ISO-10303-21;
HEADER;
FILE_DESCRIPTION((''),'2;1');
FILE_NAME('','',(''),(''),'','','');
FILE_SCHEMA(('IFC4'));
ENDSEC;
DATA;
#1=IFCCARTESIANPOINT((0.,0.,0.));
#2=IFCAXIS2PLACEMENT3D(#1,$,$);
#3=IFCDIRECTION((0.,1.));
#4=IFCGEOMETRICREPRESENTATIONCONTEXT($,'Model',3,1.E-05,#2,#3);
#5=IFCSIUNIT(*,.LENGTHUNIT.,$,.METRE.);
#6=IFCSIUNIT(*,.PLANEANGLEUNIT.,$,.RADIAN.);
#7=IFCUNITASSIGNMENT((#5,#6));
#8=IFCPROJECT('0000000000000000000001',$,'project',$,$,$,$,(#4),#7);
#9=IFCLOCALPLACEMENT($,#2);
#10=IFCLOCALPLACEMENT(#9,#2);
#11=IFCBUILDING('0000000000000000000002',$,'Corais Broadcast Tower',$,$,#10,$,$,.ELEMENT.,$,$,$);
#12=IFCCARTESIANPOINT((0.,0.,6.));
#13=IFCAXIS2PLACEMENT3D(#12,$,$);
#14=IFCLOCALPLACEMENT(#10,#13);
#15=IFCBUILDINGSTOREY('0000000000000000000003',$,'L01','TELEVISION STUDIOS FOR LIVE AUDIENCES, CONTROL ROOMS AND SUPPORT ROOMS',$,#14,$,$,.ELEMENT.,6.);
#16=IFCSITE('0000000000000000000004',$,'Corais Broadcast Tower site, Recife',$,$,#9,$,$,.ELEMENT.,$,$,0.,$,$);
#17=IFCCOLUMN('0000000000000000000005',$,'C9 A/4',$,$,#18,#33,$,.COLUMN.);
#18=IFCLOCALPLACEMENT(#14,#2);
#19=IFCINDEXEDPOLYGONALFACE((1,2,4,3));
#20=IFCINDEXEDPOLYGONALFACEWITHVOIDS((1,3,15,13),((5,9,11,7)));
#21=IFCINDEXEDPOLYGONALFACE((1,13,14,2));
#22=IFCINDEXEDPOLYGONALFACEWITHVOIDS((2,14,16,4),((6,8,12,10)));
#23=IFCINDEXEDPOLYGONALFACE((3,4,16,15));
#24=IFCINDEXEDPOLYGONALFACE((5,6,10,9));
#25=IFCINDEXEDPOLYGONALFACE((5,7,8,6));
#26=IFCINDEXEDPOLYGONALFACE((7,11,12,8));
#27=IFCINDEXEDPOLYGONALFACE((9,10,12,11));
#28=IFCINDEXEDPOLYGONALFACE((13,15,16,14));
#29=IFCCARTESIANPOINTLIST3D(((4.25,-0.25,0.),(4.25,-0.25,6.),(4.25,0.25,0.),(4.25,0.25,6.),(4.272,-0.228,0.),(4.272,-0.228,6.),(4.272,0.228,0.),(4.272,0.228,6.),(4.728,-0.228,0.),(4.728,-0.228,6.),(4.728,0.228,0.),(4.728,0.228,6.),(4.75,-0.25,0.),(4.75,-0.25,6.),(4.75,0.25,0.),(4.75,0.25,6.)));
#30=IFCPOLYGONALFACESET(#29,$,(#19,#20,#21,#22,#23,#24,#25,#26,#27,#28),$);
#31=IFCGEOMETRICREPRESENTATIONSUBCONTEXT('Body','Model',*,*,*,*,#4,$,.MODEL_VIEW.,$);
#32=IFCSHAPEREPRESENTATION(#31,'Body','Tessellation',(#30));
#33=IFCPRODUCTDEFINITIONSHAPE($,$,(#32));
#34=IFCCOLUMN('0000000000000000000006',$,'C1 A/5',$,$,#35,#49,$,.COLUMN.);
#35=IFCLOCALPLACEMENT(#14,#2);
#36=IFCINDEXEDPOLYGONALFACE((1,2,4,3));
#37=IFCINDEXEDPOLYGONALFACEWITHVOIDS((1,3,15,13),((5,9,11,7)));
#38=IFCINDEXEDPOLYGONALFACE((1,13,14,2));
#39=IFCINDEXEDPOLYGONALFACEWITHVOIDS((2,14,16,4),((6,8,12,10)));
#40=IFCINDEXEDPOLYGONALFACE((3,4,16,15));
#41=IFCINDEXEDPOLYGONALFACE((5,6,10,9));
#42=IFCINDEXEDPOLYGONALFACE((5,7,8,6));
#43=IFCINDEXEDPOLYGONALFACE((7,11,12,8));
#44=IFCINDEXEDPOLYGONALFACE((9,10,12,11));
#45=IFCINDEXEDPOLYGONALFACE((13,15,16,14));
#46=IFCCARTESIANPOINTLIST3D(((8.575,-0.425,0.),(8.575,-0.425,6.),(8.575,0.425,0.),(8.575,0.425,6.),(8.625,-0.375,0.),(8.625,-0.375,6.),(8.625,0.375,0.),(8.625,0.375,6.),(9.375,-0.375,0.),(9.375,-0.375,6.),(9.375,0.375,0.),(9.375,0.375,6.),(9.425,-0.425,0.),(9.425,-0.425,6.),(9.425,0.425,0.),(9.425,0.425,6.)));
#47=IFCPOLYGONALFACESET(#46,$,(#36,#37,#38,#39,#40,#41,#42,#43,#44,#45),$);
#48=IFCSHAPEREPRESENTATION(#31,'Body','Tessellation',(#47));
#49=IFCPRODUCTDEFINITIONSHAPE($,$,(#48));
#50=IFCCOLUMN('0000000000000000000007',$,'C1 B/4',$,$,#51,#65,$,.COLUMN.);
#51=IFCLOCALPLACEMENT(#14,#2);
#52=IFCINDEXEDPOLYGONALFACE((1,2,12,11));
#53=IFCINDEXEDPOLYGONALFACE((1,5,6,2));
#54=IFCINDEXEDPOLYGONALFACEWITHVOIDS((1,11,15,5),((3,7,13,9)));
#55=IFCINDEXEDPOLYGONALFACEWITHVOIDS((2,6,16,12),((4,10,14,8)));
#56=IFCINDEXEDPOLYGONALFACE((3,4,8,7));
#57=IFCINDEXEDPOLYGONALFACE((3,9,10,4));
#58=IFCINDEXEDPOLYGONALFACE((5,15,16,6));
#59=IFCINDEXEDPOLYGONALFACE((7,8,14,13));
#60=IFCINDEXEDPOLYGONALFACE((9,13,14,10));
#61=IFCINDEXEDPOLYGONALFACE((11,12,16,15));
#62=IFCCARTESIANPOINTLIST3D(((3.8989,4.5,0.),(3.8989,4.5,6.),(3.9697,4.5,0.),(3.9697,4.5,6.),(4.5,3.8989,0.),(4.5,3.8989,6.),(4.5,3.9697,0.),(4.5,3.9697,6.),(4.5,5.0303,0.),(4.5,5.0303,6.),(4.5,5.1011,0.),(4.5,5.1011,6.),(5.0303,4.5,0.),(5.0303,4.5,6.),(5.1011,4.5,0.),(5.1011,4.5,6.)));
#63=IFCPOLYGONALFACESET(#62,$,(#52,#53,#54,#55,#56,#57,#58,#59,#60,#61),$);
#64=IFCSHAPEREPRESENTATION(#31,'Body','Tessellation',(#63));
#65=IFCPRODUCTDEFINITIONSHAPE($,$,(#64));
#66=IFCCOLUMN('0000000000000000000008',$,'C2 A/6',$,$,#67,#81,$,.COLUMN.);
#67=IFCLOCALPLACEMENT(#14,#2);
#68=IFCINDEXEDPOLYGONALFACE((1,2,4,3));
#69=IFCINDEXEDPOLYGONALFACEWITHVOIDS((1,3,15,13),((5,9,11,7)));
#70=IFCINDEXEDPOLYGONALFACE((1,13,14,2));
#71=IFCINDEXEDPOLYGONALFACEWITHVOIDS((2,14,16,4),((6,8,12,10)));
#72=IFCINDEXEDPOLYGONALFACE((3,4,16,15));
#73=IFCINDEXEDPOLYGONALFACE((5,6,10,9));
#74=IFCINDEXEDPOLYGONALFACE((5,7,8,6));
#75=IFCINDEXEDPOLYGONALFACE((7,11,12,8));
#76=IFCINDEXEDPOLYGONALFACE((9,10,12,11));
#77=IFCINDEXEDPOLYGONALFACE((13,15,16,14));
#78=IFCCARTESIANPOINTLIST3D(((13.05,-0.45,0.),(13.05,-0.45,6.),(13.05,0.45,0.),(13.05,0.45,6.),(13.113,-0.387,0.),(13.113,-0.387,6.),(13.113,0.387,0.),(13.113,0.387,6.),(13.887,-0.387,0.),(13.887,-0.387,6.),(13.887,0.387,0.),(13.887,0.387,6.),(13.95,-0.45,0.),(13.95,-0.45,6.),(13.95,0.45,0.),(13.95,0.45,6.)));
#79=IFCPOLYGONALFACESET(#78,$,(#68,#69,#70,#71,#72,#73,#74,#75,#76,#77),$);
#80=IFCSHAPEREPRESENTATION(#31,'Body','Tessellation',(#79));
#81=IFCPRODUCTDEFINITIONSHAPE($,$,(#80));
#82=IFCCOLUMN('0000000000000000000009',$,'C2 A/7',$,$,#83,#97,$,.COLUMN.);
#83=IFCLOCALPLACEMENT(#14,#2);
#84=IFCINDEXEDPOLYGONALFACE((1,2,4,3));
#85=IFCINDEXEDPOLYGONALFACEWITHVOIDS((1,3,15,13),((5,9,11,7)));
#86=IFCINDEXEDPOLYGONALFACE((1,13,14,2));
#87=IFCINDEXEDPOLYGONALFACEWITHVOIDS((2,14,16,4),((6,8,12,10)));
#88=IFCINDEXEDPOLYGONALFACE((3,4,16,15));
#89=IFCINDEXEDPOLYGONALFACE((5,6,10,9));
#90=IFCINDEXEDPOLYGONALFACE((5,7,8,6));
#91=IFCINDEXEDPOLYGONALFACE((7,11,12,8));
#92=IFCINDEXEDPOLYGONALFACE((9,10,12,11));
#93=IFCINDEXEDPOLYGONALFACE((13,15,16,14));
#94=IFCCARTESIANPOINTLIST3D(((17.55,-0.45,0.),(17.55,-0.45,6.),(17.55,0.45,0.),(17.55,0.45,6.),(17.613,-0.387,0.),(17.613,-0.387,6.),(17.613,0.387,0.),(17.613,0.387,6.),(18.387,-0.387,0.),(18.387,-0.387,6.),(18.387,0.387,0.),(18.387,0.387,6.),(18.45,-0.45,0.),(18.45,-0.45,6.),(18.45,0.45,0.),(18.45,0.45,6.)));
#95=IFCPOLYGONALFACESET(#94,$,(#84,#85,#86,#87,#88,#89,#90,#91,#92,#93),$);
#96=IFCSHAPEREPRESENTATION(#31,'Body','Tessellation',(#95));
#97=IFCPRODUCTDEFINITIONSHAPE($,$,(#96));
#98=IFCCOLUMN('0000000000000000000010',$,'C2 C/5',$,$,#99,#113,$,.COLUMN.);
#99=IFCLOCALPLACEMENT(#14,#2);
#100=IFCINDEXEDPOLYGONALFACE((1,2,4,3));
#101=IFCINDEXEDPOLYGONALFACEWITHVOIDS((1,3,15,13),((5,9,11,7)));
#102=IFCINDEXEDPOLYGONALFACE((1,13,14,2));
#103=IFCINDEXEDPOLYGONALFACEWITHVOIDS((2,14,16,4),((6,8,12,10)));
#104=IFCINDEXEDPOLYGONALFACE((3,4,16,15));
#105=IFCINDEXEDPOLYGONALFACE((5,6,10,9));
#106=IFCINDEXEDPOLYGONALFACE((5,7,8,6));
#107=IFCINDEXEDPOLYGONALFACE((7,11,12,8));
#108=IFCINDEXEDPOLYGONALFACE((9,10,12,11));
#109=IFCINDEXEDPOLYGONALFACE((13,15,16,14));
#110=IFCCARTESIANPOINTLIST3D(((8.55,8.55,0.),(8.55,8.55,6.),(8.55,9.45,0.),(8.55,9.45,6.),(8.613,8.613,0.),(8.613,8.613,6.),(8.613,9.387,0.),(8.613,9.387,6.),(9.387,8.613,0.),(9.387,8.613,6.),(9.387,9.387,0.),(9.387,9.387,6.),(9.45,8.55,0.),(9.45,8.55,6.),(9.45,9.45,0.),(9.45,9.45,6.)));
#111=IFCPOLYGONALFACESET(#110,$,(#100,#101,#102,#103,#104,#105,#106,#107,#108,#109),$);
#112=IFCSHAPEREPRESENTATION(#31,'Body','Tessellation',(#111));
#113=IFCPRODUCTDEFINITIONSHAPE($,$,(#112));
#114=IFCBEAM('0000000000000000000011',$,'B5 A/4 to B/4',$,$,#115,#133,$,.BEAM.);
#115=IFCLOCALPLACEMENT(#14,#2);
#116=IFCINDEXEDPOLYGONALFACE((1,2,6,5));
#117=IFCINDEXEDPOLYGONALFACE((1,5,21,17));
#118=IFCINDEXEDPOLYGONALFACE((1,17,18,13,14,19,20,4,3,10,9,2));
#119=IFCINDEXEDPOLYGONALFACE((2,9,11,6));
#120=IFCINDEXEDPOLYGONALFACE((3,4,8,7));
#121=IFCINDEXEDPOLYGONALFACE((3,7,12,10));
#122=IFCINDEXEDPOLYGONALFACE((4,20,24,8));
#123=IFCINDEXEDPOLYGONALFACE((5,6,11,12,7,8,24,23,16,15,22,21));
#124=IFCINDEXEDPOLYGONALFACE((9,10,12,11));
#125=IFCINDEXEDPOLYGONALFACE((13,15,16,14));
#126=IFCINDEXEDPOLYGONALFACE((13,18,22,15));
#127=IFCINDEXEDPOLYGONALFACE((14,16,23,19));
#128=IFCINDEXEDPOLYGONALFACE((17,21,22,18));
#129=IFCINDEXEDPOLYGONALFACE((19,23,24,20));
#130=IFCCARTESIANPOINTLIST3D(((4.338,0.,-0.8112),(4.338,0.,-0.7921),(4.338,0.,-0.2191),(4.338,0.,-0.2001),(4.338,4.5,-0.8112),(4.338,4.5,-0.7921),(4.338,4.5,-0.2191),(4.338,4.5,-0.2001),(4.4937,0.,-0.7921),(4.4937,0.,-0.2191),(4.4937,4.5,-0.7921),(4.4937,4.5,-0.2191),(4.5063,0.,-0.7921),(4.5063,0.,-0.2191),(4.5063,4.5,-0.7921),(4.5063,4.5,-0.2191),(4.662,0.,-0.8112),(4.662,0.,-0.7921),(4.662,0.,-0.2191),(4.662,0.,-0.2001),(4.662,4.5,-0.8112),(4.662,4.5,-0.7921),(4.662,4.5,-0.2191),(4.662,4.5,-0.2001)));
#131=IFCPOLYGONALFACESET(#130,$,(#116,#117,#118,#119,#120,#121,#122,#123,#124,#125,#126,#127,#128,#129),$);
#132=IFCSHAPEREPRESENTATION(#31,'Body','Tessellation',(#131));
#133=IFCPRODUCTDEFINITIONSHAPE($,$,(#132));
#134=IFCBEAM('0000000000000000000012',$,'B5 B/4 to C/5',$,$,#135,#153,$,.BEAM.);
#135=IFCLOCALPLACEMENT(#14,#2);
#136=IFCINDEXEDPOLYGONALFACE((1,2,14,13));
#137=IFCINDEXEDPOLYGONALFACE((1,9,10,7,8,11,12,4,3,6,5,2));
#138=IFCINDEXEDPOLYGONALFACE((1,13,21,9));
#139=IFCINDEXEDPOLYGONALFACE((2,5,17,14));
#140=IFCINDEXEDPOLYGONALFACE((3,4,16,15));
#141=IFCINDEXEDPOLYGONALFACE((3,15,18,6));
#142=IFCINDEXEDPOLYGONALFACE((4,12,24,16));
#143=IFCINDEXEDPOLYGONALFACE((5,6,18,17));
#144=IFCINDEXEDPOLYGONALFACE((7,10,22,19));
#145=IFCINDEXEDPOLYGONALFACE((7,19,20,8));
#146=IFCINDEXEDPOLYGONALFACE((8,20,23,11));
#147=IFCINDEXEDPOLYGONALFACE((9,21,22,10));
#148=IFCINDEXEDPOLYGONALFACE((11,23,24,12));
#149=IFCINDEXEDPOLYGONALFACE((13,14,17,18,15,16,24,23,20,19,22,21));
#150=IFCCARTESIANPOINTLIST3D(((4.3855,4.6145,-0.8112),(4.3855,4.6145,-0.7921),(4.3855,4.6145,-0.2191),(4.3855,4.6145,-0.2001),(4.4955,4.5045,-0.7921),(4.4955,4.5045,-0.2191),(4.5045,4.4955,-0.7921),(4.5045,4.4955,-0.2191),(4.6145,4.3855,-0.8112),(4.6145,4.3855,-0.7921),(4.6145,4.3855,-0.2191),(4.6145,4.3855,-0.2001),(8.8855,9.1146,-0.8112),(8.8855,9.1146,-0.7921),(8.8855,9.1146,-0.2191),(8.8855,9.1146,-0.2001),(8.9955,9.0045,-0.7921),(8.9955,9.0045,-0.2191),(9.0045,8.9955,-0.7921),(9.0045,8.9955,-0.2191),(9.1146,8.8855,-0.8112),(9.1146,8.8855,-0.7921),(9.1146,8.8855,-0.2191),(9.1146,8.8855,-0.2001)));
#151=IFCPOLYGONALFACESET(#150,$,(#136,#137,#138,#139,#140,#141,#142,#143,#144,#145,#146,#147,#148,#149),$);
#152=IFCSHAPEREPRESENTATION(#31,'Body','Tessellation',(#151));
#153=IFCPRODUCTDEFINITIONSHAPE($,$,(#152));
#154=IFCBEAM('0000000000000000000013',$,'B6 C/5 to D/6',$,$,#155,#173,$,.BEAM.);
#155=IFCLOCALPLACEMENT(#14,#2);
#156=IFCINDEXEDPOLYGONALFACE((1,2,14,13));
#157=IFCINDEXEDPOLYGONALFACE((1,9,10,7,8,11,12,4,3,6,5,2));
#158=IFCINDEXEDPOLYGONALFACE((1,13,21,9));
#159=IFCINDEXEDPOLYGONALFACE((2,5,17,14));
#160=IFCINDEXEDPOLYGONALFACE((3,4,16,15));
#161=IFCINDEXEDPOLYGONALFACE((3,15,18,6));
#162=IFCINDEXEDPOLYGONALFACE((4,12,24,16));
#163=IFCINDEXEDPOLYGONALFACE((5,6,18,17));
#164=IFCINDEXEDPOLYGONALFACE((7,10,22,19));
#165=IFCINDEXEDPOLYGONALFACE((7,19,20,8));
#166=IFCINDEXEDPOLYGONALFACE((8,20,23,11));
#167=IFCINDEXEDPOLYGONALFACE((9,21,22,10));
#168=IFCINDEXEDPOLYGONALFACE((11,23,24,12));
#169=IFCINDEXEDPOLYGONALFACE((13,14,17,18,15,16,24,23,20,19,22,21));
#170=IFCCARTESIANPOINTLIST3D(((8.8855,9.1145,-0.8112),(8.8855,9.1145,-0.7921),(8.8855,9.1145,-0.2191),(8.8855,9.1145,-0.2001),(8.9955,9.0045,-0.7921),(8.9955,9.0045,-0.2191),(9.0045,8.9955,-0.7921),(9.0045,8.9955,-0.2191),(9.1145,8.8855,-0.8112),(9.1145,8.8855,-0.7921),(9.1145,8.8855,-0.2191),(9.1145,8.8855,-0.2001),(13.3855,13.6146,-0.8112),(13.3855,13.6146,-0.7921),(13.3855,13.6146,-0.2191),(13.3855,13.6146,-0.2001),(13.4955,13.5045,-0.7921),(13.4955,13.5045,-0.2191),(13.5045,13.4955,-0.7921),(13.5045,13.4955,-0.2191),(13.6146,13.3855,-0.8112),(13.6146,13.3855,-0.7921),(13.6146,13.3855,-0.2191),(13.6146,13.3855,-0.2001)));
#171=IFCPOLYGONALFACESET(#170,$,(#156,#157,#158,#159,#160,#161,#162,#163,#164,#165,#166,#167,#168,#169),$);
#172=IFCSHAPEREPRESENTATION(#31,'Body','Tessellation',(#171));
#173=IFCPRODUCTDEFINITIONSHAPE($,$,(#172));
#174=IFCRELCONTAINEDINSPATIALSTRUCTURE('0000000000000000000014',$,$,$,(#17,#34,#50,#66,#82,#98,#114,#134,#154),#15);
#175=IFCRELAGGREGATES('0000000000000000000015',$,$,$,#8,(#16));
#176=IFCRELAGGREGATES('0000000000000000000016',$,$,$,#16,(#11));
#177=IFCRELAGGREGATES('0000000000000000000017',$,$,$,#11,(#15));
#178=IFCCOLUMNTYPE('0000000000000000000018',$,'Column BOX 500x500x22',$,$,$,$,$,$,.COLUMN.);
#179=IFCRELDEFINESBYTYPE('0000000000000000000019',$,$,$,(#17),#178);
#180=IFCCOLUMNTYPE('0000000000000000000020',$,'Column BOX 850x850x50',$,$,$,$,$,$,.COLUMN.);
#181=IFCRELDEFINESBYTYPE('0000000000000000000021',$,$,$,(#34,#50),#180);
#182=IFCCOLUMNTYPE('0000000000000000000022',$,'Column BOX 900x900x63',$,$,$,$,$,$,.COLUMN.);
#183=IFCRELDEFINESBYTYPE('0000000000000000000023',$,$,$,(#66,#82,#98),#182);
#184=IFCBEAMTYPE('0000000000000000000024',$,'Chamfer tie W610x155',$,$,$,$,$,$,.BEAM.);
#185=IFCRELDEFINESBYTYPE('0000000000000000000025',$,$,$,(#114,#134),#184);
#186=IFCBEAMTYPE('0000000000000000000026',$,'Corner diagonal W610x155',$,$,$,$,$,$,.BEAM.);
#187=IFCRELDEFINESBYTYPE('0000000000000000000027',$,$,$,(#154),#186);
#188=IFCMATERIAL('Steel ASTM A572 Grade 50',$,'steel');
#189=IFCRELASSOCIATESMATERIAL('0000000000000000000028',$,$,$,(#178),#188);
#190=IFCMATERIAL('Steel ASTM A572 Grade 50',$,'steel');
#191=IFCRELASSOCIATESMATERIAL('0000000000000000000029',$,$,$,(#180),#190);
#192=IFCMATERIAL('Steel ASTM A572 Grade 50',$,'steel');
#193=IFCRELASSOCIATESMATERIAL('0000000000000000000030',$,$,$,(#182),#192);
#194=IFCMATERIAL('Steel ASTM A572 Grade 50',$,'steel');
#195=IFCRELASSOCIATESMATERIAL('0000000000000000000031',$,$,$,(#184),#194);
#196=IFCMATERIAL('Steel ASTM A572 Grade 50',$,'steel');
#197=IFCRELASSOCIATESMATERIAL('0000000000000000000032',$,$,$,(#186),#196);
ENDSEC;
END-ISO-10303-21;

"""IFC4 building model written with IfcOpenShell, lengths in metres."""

from ifc_helpers import new_model, si_unit, direction, frame, origin, origin_2d, place, context, subcontext, project, spatial, hollow_rectangle, i_section, extrude, material, material_profile, profile_set, type_object, element, save


model = new_model("IFC4")

# Units and contexts
model_context = context("Model", 3, precision=1e-05, world=origin(), true_north=direction((0.0, 1.0)))
body_context = subcontext(model_context, "Body", "Model", "MODEL_VIEW")
ifc_project = project(units=[si_unit("LENGTHUNIT", "METRE"), si_unit("PLANEANGLEUNIT", "RADIAN")], contexts=[model_context])

# Site, building, storey
site_placement = place(None, origin())
site = spatial("IfcSite", under=ifc_project, at=site_placement, Name="Corais Broadcast Tower site, Recife", CompositionType="ELEMENT", RefElevation=0.0)
building_placement = place(site_placement, origin())
building = spatial("IfcBuilding", under=site, at=building_placement, Name="Corais Broadcast Tower", CompositionType="ELEMENT")
storey_placement = place(building_placement, frame((0.0, 0.0, 6.0)))
storey = spatial("IfcBuildingStorey", under=building, at=storey_placement, Name="L01", Description="TELEVISION STUDIOS FOR LIVE AUDIENCES, CONTROL ROOMS AND SUPPORT ROOMS", CompositionType="ELEMENT", Elevation=6.0)

# Columns
ifc_material_1 = material(Name="Steel ASTM A572 Grade 50", Category="steel")
ifc_material_profile_1 = material_profile(ifc_material_1, hollow_rectangle(XDim=0.5, YDim=0.5, WallThickness=0.022, at=origin_2d()), Name="BOX 500x500x22")
ifc_profile_set_1 = profile_set([ifc_material_profile_1], Name="Steel ASTM A572 Grade 50")
column_type_1 = type_object("IfcColumnType", Name="Column BOX 500x500x22", PredefinedType="COLUMN", material=ifc_profile_set_1)
column_placement = place(storey_placement, frame((4.5, 0.0, 0.0), z_axis=(0.0, 0.0, 1.0), x_axis=(1.0, 0.0, 0.0)))
element("IfcColumn", 1, at=column_placement, inside=storey, type_object=column_type_1, Name="C9 A/4", PredefinedType="COLUMN", context=body_context, shape_type="SweptSolid", body=[
    extrude(hollow_rectangle(XDim=0.5, YDim=0.5, WallThickness=0.022, at=origin_2d()), origin(), (0.0, 0.0, 1.0), 6.0),
])
ifc_material_2 = material(Name="Steel ASTM A572 Grade 50", Category="steel")
ifc_material_profile_2 = material_profile(ifc_material_2, hollow_rectangle(XDim=0.8501, YDim=0.8501, WallThickness=0.05, at=origin_2d()), Name="BOX 850x850x50")
ifc_profile_set_2 = profile_set([ifc_material_profile_2], Name="Steel ASTM A572 Grade 50")
column_type_2 = type_object("IfcColumnType", Name="Column BOX 850x850x50", PredefinedType="COLUMN", material=ifc_profile_set_2)
for number, where, z_axis, x_axis, name in (
    (2, (9.0, 0.0, 0.0), (0.0, 0.0, 1.0), (1.0, 0.0, 0.0), "C1 A/5"),
    (3, (4.5, 4.5, 0.0), (0.0, 0.0, 1.0), (0.707107, 0.707107, 0.0), "C1 B/4"),
):
    element("IfcColumn", number, at=place(storey_placement, frame(where, z_axis=z_axis, x_axis=x_axis)), inside=storey, type_object=column_type_2, Name=name, PredefinedType="COLUMN", context=body_context, shape_type="SweptSolid", body=[
        extrude(hollow_rectangle(XDim=0.8501, YDim=0.8501, WallThickness=0.05, at=origin_2d()), origin(), (0.0, 0.0, 1.0), 6.0),
    ])
ifc_material_3 = material(Name="Steel ASTM A572 Grade 50", Category="steel")
ifc_material_profile_3 = material_profile(ifc_material_3, hollow_rectangle(XDim=0.8999, YDim=0.8999, WallThickness=0.063, at=origin_2d()), Name="BOX 900x900x63")
ifc_profile_set_3 = profile_set([ifc_material_profile_3], Name="Steel ASTM A572 Grade 50")
column_type_3 = type_object("IfcColumnType", Name="Column BOX 900x900x63", PredefinedType="COLUMN", material=ifc_profile_set_3)
for number, where, z_axis, x_axis, name in (
    (4, (13.5, 0.0, 0.0), (0.0, 0.0, 1.0), (1.0, 0.0, 0.0), "C2 A/6"),
    (5, (18.0, 0.0, 0.0), (0.0, 0.0, 1.0), (1.0, 0.0, 0.0), "C2 A/7"),
    (6, (9.0, 9.0, 0.0), (0.0, 0.0, 1.0), (1.0, 0.0, 0.0), "C2 C/5"),
):
    element("IfcColumn", number, at=place(storey_placement, frame(where, z_axis=z_axis, x_axis=x_axis)), inside=storey, type_object=column_type_3, Name=name, PredefinedType="COLUMN", context=body_context, shape_type="SweptSolid", body=[
        extrude(hollow_rectangle(XDim=0.8999, YDim=0.8999, WallThickness=0.063, at=origin_2d()), origin(), (0.0, 0.0, 1.0), 6.0),
    ])

# Beams
ifc_material_4 = material(Name="Steel ASTM A572 Grade 50", Category="steel")
ifc_material_profile_4 = material_profile(ifc_material_4, i_section(OverallWidth=0.324, OverallDepth=0.6111, WebThickness=0.0127, FlangeThickness=0.019, at=origin_2d()), Name="W610x155")
ifc_profile_set_4 = profile_set([ifc_material_profile_4], Name="Steel ASTM A572 Grade 50")
beam_type_1 = type_object("IfcBeamType", Name="Chamfer tie W610x155", PredefinedType="BEAM", material=ifc_profile_set_4)
beam_1_placement = place(storey_placement, frame((4.5, 0.0, -0.5056), z_axis=(0.0, 1.0, 0.0), x_axis=(-1.0, 0.0, 0.0)))
element("IfcBeam", 7, at=beam_1_placement, inside=storey, type_object=beam_type_1, Name="B5 A/4 to B/4", PredefinedType="BEAM", context=body_context, shape_type="SweptSolid", body=[
    extrude(i_section(OverallWidth=0.324, OverallDepth=0.6111, WebThickness=0.0127, FlangeThickness=0.019, at=origin_2d()), origin(), (0.0, 0.0, 1.0), 4.5),
])
beam_2_placement = place(storey_placement, frame((4.5, 4.5, -0.5056), z_axis=(0.707107, 0.707107, 0.0), x_axis=(-0.707107, 0.707107, 0.0)))
element("IfcBeam", 8, at=beam_2_placement, inside=storey, type_object=beam_type_1, Name="B5 B/4 to C/5", PredefinedType="BEAM", context=body_context, shape_type="SweptSolid", body=[
    extrude(i_section(OverallWidth=0.324, OverallDepth=0.6111, WebThickness=0.0127, FlangeThickness=0.019, at=origin_2d()), origin(), (0.0, 0.0, 1.0), 6.364),
])
ifc_material_5 = material(Name="Steel ASTM A572 Grade 50", Category="steel")
ifc_material_profile_5 = material_profile(ifc_material_5, i_section(OverallWidth=0.324, OverallDepth=0.6111, WebThickness=0.0127, FlangeThickness=0.019, at=origin_2d()), Name="W610x155")
ifc_profile_set_5 = profile_set([ifc_material_profile_5], Name="Steel ASTM A572 Grade 50")
beam_type_2 = type_object("IfcBeamType", Name="Corner diagonal W610x155", PredefinedType="BEAM", material=ifc_profile_set_5)
beam_3_placement = place(storey_placement, frame((9.0, 9.0, -0.5056), z_axis=(0.707107, 0.707107, 0.0), x_axis=(-0.707107, 0.707107, 0.0)))
element("IfcBeam", 9, at=beam_3_placement, inside=storey, type_object=beam_type_2, Name="B6 C/5 to D/6", PredefinedType="BEAM", context=body_context, shape_type="SweptSolid", body=[
    extrude(i_section(OverallWidth=0.324, OverallDepth=0.6111, WebThickness=0.0127, FlangeThickness=0.019, at=origin_2d()), origin(), (0.0, 0.0, 1.0), 6.364),
])

save(model, "model.ifc")
